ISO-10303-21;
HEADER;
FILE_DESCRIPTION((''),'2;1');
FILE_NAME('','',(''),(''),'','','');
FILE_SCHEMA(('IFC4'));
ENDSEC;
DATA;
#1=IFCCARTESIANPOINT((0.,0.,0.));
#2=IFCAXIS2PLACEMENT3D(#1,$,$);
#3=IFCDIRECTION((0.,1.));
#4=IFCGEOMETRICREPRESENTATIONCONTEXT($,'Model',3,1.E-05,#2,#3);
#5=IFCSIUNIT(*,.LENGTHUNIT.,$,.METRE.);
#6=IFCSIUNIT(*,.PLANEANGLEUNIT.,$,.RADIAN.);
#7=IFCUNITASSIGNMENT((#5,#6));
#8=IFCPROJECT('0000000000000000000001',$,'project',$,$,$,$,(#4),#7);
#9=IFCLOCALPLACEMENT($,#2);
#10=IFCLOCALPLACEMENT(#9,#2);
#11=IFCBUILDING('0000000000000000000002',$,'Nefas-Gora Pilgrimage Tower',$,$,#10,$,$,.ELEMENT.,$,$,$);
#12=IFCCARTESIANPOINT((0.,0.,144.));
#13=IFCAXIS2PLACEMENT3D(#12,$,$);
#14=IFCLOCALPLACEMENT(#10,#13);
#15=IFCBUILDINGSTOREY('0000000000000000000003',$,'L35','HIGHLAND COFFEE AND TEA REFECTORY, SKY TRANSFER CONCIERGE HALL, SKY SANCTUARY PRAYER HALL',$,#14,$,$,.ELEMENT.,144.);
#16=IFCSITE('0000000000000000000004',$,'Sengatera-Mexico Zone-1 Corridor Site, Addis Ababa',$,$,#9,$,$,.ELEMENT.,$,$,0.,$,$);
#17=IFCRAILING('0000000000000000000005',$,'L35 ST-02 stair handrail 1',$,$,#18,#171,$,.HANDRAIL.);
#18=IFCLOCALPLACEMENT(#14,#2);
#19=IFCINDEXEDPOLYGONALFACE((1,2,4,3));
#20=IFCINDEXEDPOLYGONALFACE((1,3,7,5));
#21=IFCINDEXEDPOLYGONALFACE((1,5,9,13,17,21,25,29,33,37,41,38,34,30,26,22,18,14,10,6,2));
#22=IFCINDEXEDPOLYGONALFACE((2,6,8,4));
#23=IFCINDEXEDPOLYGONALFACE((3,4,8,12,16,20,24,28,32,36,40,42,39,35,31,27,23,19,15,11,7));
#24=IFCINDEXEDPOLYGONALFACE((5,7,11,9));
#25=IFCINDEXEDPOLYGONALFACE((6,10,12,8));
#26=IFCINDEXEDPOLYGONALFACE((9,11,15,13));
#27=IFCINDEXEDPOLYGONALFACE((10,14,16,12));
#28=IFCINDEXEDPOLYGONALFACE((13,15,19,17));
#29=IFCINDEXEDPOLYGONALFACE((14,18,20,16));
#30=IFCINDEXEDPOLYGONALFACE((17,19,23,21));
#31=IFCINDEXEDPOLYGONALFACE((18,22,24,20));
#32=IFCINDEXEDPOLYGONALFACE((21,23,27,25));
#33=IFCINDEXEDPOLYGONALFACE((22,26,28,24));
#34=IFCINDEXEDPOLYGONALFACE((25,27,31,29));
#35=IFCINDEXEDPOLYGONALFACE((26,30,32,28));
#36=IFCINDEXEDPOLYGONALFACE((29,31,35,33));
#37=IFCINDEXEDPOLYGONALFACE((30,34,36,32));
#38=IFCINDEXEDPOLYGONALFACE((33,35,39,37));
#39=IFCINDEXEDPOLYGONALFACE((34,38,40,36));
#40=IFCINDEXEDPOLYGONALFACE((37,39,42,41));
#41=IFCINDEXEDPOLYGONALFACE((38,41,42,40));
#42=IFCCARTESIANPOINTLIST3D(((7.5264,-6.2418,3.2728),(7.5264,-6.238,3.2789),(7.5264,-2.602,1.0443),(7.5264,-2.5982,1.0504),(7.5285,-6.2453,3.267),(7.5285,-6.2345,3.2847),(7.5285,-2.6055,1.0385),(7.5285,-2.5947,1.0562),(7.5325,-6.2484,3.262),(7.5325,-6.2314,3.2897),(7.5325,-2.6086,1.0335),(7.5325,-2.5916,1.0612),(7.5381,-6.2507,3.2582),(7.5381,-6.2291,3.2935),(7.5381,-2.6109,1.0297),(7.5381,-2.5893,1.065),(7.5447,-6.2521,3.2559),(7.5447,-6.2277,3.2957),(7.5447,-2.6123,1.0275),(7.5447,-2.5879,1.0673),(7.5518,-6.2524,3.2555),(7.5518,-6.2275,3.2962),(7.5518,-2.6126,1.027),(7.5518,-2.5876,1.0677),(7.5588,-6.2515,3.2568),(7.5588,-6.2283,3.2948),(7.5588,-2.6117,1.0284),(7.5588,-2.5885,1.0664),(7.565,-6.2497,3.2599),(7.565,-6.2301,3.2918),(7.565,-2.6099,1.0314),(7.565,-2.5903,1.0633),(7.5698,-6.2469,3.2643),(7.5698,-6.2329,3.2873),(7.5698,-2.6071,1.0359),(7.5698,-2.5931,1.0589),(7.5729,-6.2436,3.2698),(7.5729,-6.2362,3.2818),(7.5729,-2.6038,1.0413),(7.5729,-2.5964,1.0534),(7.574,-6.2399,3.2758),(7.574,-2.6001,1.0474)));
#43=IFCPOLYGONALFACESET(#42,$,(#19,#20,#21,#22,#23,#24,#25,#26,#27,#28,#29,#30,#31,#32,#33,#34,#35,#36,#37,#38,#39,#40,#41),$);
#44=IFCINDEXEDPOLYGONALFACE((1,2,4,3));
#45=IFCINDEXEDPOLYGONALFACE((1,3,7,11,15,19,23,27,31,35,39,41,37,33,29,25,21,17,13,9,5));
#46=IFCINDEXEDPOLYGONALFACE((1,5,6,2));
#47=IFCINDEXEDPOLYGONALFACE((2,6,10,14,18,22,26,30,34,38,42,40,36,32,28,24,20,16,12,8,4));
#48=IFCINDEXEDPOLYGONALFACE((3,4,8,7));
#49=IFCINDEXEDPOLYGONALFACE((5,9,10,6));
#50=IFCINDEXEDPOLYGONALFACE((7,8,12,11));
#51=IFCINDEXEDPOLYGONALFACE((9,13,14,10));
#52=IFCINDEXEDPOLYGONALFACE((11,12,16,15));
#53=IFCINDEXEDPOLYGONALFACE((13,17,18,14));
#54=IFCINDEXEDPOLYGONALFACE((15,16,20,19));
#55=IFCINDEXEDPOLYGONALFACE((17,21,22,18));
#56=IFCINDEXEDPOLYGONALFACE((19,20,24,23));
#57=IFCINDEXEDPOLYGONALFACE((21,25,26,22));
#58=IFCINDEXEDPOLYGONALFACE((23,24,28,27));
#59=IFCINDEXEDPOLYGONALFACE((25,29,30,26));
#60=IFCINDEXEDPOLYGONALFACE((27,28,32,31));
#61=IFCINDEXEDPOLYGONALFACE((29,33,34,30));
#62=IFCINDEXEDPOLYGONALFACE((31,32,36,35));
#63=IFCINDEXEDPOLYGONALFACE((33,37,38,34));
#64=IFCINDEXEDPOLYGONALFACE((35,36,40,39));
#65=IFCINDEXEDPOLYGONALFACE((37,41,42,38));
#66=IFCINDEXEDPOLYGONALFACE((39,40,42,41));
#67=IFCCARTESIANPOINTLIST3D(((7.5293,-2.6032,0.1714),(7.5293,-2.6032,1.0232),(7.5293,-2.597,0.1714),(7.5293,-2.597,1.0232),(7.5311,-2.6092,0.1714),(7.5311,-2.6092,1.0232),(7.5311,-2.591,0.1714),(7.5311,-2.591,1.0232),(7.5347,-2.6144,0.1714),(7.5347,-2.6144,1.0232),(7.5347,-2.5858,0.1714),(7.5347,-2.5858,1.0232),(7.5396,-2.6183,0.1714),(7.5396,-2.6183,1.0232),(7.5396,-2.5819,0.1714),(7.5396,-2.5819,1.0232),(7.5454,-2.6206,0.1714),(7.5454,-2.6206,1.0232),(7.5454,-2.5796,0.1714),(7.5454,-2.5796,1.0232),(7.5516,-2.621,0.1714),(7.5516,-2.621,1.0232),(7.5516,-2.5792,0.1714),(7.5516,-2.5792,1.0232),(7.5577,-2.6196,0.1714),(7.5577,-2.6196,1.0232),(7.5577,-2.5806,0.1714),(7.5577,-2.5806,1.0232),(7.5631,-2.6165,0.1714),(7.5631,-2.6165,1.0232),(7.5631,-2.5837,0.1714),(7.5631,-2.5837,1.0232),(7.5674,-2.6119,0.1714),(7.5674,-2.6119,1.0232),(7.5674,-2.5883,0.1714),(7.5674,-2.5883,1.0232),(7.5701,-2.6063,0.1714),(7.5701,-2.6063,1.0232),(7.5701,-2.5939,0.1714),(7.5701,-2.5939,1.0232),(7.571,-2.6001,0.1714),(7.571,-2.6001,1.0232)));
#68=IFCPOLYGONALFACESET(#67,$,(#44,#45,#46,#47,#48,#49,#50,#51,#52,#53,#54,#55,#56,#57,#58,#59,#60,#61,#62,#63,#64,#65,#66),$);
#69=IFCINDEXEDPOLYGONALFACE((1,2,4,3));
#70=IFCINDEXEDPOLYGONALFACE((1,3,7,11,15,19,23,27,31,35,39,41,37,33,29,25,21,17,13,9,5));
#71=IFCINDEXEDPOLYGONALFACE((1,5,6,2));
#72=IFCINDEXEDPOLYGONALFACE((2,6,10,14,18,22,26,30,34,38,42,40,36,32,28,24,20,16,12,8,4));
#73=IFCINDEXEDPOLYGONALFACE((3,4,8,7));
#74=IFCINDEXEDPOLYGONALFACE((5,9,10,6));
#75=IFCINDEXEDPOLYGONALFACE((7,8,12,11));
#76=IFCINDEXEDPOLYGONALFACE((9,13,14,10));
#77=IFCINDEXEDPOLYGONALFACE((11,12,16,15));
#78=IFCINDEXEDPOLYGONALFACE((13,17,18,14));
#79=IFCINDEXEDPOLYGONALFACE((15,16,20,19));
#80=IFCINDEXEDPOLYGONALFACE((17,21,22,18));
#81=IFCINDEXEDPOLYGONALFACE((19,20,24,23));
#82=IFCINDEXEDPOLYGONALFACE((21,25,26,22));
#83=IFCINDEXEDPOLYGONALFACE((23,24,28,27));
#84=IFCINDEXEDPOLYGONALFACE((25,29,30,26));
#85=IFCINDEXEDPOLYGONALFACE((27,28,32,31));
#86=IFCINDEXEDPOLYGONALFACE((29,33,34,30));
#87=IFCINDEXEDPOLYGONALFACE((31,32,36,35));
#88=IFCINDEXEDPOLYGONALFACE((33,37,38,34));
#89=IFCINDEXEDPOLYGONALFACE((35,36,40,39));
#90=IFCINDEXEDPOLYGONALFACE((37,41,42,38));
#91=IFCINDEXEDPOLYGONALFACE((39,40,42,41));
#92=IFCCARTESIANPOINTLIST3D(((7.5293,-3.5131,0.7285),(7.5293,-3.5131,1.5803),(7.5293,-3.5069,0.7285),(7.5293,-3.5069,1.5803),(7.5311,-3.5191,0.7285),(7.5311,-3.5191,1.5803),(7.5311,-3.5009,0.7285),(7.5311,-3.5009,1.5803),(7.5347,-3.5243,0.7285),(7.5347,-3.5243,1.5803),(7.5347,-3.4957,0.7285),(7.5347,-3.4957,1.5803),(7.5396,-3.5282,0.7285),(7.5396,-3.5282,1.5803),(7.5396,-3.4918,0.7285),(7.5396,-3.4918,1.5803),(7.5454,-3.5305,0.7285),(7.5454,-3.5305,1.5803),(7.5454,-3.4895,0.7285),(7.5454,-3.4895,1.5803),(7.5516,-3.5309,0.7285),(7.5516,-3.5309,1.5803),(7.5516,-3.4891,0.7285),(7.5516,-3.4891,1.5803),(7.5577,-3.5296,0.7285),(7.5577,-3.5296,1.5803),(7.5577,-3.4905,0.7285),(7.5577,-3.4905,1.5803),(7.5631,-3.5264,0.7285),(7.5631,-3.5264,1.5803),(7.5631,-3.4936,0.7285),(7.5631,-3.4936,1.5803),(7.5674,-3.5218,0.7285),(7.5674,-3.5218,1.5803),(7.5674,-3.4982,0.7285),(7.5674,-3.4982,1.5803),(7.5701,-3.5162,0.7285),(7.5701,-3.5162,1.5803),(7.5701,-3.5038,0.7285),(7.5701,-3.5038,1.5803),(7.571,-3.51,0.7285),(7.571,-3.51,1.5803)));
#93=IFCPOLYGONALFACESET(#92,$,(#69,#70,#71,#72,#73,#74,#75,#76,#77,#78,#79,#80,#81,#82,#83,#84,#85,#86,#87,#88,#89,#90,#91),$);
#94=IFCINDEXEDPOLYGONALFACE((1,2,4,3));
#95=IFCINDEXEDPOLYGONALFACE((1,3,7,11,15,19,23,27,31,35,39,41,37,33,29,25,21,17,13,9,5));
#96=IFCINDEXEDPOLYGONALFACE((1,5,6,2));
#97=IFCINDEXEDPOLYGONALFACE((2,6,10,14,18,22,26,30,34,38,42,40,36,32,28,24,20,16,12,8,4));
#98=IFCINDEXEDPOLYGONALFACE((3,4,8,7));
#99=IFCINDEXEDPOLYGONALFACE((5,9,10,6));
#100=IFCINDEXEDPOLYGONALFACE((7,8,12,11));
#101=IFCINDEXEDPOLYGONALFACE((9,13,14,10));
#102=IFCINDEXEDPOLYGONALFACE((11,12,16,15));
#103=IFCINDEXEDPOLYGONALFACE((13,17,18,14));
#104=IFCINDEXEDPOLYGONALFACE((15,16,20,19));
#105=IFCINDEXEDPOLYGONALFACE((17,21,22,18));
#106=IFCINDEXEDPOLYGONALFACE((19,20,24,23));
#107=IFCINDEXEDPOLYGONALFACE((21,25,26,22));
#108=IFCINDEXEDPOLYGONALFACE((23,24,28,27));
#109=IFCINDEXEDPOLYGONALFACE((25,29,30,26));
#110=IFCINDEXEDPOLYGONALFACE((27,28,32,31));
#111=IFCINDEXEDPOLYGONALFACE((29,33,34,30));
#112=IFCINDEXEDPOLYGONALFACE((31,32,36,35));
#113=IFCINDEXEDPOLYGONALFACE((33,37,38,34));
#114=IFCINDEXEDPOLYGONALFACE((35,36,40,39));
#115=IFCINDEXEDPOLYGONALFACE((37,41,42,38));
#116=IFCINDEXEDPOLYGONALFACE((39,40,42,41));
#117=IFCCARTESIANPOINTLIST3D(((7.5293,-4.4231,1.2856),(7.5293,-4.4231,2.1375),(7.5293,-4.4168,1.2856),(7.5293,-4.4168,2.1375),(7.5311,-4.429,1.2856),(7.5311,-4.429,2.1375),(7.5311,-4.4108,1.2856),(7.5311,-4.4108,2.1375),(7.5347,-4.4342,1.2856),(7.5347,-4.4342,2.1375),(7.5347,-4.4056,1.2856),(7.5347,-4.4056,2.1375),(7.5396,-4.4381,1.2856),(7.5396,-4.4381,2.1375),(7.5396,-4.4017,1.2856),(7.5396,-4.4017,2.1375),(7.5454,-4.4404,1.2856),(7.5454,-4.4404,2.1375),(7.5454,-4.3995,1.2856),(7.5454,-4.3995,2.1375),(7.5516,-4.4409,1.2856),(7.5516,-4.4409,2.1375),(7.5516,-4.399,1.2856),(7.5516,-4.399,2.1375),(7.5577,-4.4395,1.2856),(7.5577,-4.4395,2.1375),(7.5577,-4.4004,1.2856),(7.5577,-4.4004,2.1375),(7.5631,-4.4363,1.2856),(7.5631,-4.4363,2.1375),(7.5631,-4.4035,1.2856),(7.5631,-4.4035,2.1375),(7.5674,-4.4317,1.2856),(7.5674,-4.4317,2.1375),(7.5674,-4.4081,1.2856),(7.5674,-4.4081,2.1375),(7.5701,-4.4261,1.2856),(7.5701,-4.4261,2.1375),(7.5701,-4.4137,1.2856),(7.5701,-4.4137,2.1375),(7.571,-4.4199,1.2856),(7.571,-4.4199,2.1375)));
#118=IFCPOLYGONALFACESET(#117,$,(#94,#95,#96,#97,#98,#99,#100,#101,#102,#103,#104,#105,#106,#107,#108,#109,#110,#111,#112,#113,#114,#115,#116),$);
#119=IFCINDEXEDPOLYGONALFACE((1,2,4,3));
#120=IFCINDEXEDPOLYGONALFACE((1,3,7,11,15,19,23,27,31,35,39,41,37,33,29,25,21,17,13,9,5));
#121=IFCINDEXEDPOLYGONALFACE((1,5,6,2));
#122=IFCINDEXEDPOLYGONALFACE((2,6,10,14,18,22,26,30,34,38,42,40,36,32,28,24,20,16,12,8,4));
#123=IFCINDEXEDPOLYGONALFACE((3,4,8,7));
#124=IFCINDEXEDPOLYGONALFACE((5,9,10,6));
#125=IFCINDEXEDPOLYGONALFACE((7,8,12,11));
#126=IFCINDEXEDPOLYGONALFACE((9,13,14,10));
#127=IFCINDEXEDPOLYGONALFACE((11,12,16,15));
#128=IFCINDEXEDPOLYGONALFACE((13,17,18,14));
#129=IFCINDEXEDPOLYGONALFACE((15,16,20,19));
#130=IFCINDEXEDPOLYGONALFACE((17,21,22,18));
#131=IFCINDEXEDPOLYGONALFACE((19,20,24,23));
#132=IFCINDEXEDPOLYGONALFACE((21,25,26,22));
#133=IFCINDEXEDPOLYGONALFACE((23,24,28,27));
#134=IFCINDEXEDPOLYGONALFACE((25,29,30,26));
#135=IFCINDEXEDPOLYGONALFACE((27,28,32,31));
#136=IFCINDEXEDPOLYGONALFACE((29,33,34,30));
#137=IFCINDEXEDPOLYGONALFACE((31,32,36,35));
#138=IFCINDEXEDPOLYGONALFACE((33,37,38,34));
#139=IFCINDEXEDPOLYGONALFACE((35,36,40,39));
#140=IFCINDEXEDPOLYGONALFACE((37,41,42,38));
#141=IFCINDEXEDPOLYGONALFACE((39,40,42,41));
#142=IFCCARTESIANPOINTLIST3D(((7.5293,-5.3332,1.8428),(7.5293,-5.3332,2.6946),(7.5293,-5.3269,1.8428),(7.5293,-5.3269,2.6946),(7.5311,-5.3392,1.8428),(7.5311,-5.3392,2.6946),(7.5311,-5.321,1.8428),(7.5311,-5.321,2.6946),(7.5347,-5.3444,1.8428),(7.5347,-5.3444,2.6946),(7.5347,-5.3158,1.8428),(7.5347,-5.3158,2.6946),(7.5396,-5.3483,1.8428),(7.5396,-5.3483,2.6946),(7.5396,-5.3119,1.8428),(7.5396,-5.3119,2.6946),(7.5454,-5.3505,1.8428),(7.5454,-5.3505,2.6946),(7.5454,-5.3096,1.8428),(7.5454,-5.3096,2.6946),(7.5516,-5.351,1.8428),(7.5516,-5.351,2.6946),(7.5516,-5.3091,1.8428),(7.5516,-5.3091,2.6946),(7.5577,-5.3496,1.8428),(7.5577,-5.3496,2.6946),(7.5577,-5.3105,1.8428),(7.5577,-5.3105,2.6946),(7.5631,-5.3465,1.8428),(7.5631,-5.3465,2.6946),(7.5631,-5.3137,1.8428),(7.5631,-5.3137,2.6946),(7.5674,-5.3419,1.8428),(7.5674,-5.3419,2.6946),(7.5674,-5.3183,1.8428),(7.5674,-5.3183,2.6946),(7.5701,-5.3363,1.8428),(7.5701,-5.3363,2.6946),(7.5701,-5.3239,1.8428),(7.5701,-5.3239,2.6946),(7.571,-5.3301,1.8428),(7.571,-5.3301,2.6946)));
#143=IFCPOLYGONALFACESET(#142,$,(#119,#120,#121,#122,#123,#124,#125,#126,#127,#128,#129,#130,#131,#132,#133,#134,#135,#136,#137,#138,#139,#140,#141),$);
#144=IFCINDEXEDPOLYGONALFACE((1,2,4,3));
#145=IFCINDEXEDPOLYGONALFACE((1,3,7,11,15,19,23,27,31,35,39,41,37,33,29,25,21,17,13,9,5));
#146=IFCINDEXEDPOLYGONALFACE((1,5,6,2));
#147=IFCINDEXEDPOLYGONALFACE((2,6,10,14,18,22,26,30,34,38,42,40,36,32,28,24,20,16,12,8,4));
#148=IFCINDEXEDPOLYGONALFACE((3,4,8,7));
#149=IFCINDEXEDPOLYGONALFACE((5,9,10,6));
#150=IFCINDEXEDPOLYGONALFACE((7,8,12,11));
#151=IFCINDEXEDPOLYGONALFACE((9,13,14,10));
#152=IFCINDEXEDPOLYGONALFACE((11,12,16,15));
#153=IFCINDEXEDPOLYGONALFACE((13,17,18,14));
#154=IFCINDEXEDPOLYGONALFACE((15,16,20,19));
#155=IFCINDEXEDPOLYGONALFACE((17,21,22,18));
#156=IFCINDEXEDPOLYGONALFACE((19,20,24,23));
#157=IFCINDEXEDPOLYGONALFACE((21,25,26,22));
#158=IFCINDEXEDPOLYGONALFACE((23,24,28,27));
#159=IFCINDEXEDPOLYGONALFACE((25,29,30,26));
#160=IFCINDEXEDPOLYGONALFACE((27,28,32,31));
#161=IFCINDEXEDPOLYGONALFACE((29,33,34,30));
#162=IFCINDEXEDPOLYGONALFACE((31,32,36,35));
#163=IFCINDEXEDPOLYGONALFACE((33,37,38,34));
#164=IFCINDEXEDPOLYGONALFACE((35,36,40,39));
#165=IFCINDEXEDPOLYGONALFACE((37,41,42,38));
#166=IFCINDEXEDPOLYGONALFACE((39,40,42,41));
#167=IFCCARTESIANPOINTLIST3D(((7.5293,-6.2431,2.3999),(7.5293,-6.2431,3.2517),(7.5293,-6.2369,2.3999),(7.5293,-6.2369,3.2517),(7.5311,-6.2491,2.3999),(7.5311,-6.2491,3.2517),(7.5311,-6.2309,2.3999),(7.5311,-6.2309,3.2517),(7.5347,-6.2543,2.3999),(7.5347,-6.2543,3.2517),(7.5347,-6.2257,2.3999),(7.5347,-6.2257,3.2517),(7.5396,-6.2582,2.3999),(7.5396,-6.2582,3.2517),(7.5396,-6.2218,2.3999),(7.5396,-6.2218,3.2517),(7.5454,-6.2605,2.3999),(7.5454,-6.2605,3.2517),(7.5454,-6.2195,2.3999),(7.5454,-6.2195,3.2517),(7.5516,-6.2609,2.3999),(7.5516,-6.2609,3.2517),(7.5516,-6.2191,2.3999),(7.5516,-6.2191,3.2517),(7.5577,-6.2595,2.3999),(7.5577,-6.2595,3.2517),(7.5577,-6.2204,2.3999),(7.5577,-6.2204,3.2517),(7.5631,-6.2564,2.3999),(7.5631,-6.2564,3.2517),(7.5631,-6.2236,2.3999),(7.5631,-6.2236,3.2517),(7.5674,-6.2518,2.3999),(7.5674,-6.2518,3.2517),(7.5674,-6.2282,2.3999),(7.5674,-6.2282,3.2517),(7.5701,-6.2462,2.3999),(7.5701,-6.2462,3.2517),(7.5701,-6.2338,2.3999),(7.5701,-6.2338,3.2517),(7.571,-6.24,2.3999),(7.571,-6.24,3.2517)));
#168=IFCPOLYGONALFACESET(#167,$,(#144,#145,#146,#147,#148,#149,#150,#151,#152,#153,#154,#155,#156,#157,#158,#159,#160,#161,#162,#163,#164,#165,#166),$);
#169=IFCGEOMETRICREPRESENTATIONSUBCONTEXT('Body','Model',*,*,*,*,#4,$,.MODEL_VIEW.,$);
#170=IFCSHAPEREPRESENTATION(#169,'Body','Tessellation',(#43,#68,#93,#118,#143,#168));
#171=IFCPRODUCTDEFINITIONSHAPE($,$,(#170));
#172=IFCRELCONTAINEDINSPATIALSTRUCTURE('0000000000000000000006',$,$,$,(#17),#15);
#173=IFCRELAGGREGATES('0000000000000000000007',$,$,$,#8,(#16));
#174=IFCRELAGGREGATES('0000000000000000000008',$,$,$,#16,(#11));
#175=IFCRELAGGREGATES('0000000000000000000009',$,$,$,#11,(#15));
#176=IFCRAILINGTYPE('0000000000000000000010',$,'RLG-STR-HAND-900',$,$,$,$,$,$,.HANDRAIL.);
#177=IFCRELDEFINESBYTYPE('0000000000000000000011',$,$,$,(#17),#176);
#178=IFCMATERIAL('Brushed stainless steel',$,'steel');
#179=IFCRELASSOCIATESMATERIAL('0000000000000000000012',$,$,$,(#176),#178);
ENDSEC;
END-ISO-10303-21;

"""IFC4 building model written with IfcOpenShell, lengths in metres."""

from ifc_helpers import new_model, si_unit, direction, frame, origin, origin_2d, place, context, subcontext, project, spatial, circle, extrude, material, type_object, element, save


model = new_model("IFC4")

# Units and contexts
model_context = context("Model", 3, precision=1e-05, world=origin(), true_north=direction((0.0, 1.0)))
body_context = subcontext(model_context, "Body", "Model", "MODEL_VIEW")
ifc_project = project(units=[si_unit("LENGTHUNIT", "METRE"), si_unit("PLANEANGLEUNIT", "RADIAN")], contexts=[model_context])

# Site, building, storey
site_placement = place(None, origin())
site = spatial("IfcSite", under=ifc_project, at=site_placement, Name="Sengatera-Mexico Zone-1 Corridor Site, Addis Ababa", CompositionType="ELEMENT", RefElevation=0.0)
building_placement = place(site_placement, origin())
building = spatial("IfcBuilding", under=site, at=building_placement, Name="Nefas-Gora Pilgrimage Tower", CompositionType="ELEMENT")
storey_placement = place(building_placement, frame((0.0, 0.0, 144.0)))
storey = spatial("IfcBuildingStorey", under=building, at=storey_placement, Name="L35", Description="HIGHLAND COFFEE AND TEA REFECTORY, SKY TRANSFER CONCIERGE HALL, SKY SANCTUARY PRAYER HALL", CompositionType="ELEMENT", Elevation=144.0)

# Railing
ifc_material_1 = material(Name="Brushed stainless steel", Category="steel")
railing_type_1 = type_object("IfcRailingType", Name="RLG-STR-HAND-900", PredefinedType="HANDRAIL", material=ifc_material_1)
railing_1_placement = place(storey_placement, frame((7.55, -2.6001, 0.1714)))
element("IfcRailing", 1, at=railing_1_placement, inside=storey, type_object=railing_type_1, Name="L35 ST-02 stair handrail 1", PredefinedType="HANDRAIL", context=body_context, shape_type="SweptSolid", body=[
    extrude(circle(Radius=0.0239, at=origin_2d()), frame((0.0, 0.0, 0.876), z_axis=(0.0, -0.85285, 0.522156), x_axis=(1.0, 0.0, 0.0)), (0.0, 0.0, 1.0), 4.2678),
    extrude(circle(Radius=0.021, at=origin_2d()), origin(), (0.0, 0.0, 1.0), 0.8518),
    extrude(circle(Radius=0.021, at=origin_2d()), frame((0.0, -0.9099, 0.5571)), (0.0, 0.0, 1.0), 0.8518),
    extrude(circle(Radius=0.021, at=origin_2d()), frame((0.0, -1.8198, 1.1143)), (0.0, 0.0, 1.0), 0.8518),
    extrude(circle(Radius=0.021, at=origin_2d()), frame((0.0, -2.73, 1.6714)), (0.0, 0.0, 1.0), 0.8518),
    extrude(circle(Radius=0.021, at=origin_2d()), frame((0.0, -3.6399, 2.2285)), (0.0, 0.0, 1.0), 0.8518),
])

save(model, "model.ifc")
